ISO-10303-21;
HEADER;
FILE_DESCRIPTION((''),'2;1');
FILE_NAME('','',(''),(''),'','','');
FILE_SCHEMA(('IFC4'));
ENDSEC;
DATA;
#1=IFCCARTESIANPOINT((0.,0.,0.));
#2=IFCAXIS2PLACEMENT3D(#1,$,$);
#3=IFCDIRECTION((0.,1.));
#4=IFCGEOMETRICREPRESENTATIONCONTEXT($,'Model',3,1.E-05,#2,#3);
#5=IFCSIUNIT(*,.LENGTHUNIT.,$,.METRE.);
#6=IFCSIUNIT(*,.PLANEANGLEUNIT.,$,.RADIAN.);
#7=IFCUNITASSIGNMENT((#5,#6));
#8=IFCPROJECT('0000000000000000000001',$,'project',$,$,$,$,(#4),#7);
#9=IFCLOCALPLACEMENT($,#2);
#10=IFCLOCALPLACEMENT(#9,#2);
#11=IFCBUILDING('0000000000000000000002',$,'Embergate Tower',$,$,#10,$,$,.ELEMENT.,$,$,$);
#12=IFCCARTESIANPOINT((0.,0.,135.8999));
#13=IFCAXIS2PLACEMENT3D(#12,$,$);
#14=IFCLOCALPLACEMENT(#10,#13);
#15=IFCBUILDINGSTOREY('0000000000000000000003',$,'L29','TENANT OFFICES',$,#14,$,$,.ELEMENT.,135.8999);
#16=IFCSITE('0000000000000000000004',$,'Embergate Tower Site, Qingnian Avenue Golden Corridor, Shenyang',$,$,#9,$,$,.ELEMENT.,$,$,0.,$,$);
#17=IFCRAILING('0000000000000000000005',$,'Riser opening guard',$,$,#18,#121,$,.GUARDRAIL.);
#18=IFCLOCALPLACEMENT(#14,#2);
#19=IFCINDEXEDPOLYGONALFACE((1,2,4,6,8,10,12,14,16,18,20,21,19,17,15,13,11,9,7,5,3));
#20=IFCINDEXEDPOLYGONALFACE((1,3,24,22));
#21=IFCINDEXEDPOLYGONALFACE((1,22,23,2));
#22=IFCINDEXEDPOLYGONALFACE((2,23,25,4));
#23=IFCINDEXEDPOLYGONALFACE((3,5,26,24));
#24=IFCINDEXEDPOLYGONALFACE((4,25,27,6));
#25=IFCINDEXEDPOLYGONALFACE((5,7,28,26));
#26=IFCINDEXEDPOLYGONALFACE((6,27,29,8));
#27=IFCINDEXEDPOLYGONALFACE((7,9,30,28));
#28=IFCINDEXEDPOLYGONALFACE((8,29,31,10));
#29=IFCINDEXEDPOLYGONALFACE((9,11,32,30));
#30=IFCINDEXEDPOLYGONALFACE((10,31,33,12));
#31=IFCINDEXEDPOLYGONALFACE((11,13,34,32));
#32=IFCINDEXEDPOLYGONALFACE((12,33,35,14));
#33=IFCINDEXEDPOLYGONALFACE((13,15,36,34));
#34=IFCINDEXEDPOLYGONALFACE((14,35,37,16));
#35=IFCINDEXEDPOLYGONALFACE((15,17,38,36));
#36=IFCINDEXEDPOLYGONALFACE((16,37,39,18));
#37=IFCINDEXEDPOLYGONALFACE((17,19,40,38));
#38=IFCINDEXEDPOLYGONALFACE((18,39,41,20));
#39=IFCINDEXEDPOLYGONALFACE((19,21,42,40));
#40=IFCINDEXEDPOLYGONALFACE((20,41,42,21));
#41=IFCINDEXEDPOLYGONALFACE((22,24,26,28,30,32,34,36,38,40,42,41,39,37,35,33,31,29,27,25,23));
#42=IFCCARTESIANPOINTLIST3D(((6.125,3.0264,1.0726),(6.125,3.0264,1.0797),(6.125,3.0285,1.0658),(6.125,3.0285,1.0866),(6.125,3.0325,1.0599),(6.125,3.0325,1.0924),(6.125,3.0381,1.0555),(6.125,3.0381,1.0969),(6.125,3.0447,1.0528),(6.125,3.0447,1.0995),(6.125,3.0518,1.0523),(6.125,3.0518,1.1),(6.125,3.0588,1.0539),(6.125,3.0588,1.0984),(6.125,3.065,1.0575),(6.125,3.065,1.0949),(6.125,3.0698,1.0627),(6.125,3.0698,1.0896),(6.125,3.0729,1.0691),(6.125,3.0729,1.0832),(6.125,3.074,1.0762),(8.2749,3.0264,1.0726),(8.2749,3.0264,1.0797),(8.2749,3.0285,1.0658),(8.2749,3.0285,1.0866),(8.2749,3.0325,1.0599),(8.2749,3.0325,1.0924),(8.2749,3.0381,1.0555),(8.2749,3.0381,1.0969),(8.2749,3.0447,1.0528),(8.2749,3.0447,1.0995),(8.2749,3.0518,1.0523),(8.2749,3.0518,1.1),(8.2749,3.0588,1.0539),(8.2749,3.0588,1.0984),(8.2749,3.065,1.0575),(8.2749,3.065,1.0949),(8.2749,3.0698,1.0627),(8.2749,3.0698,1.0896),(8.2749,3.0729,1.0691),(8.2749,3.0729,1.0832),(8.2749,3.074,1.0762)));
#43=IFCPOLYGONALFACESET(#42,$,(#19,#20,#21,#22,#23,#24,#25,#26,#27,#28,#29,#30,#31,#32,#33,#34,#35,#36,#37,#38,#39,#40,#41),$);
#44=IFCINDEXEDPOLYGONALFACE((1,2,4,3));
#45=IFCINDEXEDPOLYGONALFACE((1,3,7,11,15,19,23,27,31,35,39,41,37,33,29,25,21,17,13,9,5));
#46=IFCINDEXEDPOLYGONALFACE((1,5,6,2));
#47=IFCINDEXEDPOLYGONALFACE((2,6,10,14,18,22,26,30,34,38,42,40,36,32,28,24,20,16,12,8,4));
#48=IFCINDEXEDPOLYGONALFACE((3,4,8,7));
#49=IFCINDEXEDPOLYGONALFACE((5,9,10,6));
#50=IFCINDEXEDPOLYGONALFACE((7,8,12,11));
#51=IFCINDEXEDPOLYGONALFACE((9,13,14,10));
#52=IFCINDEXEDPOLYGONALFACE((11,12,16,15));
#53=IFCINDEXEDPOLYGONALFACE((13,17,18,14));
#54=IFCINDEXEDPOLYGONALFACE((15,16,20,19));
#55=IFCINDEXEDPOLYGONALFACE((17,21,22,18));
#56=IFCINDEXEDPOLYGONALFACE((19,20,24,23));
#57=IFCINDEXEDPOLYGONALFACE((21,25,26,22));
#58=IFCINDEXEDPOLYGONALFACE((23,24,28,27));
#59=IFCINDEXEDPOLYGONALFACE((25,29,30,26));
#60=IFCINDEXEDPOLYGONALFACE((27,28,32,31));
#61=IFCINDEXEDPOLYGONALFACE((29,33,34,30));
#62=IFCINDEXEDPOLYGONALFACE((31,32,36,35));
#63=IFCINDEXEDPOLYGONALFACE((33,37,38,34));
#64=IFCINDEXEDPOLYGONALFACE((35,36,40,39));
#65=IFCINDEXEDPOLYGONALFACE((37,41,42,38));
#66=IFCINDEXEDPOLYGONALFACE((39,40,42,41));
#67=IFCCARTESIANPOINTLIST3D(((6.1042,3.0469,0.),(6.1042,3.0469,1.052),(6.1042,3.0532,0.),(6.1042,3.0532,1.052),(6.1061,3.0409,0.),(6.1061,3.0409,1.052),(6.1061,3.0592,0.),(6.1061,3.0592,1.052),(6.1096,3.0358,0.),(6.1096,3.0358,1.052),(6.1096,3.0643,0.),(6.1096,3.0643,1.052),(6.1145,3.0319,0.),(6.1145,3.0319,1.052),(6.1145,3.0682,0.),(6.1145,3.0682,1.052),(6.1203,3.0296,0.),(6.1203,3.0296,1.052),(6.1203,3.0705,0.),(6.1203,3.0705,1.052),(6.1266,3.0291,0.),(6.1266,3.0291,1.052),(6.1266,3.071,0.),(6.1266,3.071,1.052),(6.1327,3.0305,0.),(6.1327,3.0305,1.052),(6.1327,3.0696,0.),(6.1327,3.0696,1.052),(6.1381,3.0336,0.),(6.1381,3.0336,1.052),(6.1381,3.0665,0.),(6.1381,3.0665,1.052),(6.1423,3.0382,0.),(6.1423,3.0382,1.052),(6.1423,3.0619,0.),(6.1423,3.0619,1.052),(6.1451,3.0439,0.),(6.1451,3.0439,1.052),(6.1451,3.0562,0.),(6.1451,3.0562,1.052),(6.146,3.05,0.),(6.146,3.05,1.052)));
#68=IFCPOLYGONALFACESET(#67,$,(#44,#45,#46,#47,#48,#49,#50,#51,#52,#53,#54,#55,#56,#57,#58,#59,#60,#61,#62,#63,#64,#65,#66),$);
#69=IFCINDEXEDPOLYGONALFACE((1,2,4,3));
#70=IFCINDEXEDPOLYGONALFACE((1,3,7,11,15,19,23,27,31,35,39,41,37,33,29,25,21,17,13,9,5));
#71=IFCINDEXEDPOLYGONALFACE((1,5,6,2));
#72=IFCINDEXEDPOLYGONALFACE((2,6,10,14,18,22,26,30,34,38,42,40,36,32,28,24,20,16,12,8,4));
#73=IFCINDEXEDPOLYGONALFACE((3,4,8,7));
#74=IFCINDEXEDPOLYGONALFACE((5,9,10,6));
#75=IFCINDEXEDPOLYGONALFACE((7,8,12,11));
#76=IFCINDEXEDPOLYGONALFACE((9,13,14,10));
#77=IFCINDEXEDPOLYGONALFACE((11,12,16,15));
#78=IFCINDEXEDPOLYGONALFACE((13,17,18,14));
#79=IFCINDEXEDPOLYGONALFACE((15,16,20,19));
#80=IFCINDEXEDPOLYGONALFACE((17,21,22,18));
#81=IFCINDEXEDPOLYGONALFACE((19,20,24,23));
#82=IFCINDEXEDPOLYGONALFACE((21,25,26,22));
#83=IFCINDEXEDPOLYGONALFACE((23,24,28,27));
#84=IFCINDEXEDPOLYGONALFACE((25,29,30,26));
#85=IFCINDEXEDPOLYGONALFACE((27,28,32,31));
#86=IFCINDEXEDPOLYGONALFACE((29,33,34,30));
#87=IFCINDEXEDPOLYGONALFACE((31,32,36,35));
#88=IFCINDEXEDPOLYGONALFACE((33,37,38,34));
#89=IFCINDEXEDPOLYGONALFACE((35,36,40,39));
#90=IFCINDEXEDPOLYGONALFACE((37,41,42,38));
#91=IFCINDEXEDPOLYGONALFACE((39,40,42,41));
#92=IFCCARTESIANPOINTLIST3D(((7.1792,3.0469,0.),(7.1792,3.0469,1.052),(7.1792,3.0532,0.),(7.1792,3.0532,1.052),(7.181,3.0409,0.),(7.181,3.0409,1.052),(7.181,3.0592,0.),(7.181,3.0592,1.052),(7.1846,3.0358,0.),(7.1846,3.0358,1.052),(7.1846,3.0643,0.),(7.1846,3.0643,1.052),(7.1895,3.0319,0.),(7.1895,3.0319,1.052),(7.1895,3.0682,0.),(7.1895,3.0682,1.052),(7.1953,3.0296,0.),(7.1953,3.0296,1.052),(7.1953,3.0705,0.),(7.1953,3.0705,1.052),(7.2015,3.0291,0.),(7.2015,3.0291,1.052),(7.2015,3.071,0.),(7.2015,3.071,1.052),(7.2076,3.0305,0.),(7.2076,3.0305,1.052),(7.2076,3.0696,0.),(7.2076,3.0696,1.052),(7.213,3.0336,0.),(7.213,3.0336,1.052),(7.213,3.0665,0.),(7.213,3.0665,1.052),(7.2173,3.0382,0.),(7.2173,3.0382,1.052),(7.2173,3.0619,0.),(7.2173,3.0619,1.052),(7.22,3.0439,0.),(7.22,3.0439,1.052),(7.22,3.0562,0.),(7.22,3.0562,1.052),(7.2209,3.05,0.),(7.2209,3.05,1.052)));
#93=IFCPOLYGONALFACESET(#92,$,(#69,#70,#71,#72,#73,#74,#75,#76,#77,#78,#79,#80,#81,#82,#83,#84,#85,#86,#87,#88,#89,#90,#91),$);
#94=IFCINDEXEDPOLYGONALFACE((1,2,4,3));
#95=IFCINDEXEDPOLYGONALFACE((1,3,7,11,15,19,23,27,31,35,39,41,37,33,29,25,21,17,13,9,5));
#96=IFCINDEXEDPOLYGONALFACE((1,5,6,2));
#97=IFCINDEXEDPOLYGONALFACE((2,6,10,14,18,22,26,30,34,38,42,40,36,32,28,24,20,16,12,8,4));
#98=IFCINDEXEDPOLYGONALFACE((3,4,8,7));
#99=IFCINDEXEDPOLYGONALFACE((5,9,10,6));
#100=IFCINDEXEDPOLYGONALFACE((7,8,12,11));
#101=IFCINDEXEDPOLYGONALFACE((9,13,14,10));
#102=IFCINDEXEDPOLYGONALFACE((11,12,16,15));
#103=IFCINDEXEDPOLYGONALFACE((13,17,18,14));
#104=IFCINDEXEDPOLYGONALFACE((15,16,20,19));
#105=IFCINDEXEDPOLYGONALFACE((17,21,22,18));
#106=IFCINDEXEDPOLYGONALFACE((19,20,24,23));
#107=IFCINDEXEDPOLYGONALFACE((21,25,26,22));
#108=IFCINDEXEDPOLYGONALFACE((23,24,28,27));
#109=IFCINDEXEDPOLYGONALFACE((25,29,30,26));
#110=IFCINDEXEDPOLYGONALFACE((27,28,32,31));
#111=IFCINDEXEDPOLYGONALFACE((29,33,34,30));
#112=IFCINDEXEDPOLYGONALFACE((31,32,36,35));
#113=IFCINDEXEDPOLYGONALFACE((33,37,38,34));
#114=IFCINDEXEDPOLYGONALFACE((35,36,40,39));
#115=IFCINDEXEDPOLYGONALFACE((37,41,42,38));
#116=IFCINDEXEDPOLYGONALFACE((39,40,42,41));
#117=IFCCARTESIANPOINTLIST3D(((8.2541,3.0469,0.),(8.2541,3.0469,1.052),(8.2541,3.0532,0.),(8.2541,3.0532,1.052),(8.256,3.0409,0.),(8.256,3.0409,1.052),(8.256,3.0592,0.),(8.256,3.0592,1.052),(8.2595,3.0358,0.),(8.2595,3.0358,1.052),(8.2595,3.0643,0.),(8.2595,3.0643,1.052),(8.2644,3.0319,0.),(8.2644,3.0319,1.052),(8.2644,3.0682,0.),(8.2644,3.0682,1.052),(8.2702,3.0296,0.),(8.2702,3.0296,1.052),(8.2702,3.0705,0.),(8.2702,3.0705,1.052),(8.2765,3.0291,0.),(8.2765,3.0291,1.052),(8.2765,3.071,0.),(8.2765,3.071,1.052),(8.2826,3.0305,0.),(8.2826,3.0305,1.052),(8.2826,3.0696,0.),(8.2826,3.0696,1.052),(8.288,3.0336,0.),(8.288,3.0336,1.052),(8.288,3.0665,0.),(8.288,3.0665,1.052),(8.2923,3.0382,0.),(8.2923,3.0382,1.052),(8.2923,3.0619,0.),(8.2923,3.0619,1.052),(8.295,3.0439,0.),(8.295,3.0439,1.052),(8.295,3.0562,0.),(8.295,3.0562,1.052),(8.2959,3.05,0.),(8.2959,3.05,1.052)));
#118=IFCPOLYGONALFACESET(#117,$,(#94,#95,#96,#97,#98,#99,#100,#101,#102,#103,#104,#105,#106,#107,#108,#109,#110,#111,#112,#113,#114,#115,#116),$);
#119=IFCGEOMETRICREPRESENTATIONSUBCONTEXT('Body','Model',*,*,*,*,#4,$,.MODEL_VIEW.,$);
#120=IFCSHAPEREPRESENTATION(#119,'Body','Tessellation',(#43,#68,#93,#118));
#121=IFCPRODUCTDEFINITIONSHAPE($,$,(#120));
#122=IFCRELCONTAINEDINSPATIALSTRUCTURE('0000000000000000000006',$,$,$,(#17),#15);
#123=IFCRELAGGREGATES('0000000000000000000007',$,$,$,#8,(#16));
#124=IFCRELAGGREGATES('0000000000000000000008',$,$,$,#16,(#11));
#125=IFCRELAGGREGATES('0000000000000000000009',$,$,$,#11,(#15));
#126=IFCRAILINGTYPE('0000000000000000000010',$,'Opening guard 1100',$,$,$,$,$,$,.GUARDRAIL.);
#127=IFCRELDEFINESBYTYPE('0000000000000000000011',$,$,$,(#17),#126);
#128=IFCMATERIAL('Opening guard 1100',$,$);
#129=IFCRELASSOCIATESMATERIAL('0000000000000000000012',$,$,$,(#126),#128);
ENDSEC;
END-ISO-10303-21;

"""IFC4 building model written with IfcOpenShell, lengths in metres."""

from ifc_helpers import new_model, si_unit, direction, frame, origin, origin_2d, place, context, subcontext, project, spatial, circle, extrude, source, transform, mapped, material, type_object, element, save


model = new_model("IFC4")

# Units and contexts
model_context = context("Model", 3, precision=1e-05, world=origin(), true_north=direction((0.0, 1.0)))
body_context = subcontext(model_context, "Body", "Model", "MODEL_VIEW")
ifc_project = project(units=[si_unit("LENGTHUNIT", "METRE"), si_unit("PLANEANGLEUNIT", "RADIAN")], contexts=[model_context])

# Site, building, storey
site_placement = place(None, origin())
site = spatial("IfcSite", under=ifc_project, at=site_placement, Name="Embergate Tower Site, Qingnian Avenue Golden Corridor, Shenyang", CompositionType="ELEMENT", RefElevation=0.0)
building_placement = place(site_placement, origin())
building = spatial("IfcBuilding", under=site, at=building_placement, Name="Embergate Tower", CompositionType="ELEMENT")
storey_placement = place(building_placement, frame((0.0, 0.0, 135.8999)))
storey = spatial("IfcBuildingStorey", under=building, at=storey_placement, Name="L29", Description="TENANT OFFICES", CompositionType="ELEMENT", Elevation=135.8999)

# Railing
ifc_material_1 = material(Name="Opening guard 1100")
railing_type_1 = type_object("IfcRailingType", Name="Opening guard 1100", PredefinedType="GUARDRAIL", material=ifc_material_1)
shared_shape_1 = source(origin(), body_context, "Body", "SweptSolid", [
    extrude(circle(Radius=0.0239, at=origin_2d()), frame((0.0, 0.0, 1.0762), z_axis=(1.0, 0.0, 0.0), x_axis=(0.0, 1.0, 0.0)), (0.0, 0.0, 1.0), 2.1499),
    extrude(circle(Radius=0.021, at=origin_2d()), origin(), (0.0, 0.0, 1.0), 1.052),
    extrude(circle(Radius=0.021, at=origin_2d()), frame((1.075, 0.0, 0.0)), (0.0, 0.0, 1.0), 1.052),
    extrude(circle(Radius=0.021, at=origin_2d()), frame((2.1499, 0.0, 0.0)), (0.0, 0.0, 1.0), 1.052),
])
railing_1_placement = place(storey_placement, frame((6.125, 3.05, 0.0)))
element("IfcRailing", 1, at=railing_1_placement, inside=storey, type_object=railing_type_1, Name="Riser opening guard", PredefinedType="GUARDRAIL", context=body_context, shape_type="MappedRepresentation", body=[
    mapped(shared_shape_1, transform((0.0, 0.0, 0.0))),
])

save(model, "model.ifc")
